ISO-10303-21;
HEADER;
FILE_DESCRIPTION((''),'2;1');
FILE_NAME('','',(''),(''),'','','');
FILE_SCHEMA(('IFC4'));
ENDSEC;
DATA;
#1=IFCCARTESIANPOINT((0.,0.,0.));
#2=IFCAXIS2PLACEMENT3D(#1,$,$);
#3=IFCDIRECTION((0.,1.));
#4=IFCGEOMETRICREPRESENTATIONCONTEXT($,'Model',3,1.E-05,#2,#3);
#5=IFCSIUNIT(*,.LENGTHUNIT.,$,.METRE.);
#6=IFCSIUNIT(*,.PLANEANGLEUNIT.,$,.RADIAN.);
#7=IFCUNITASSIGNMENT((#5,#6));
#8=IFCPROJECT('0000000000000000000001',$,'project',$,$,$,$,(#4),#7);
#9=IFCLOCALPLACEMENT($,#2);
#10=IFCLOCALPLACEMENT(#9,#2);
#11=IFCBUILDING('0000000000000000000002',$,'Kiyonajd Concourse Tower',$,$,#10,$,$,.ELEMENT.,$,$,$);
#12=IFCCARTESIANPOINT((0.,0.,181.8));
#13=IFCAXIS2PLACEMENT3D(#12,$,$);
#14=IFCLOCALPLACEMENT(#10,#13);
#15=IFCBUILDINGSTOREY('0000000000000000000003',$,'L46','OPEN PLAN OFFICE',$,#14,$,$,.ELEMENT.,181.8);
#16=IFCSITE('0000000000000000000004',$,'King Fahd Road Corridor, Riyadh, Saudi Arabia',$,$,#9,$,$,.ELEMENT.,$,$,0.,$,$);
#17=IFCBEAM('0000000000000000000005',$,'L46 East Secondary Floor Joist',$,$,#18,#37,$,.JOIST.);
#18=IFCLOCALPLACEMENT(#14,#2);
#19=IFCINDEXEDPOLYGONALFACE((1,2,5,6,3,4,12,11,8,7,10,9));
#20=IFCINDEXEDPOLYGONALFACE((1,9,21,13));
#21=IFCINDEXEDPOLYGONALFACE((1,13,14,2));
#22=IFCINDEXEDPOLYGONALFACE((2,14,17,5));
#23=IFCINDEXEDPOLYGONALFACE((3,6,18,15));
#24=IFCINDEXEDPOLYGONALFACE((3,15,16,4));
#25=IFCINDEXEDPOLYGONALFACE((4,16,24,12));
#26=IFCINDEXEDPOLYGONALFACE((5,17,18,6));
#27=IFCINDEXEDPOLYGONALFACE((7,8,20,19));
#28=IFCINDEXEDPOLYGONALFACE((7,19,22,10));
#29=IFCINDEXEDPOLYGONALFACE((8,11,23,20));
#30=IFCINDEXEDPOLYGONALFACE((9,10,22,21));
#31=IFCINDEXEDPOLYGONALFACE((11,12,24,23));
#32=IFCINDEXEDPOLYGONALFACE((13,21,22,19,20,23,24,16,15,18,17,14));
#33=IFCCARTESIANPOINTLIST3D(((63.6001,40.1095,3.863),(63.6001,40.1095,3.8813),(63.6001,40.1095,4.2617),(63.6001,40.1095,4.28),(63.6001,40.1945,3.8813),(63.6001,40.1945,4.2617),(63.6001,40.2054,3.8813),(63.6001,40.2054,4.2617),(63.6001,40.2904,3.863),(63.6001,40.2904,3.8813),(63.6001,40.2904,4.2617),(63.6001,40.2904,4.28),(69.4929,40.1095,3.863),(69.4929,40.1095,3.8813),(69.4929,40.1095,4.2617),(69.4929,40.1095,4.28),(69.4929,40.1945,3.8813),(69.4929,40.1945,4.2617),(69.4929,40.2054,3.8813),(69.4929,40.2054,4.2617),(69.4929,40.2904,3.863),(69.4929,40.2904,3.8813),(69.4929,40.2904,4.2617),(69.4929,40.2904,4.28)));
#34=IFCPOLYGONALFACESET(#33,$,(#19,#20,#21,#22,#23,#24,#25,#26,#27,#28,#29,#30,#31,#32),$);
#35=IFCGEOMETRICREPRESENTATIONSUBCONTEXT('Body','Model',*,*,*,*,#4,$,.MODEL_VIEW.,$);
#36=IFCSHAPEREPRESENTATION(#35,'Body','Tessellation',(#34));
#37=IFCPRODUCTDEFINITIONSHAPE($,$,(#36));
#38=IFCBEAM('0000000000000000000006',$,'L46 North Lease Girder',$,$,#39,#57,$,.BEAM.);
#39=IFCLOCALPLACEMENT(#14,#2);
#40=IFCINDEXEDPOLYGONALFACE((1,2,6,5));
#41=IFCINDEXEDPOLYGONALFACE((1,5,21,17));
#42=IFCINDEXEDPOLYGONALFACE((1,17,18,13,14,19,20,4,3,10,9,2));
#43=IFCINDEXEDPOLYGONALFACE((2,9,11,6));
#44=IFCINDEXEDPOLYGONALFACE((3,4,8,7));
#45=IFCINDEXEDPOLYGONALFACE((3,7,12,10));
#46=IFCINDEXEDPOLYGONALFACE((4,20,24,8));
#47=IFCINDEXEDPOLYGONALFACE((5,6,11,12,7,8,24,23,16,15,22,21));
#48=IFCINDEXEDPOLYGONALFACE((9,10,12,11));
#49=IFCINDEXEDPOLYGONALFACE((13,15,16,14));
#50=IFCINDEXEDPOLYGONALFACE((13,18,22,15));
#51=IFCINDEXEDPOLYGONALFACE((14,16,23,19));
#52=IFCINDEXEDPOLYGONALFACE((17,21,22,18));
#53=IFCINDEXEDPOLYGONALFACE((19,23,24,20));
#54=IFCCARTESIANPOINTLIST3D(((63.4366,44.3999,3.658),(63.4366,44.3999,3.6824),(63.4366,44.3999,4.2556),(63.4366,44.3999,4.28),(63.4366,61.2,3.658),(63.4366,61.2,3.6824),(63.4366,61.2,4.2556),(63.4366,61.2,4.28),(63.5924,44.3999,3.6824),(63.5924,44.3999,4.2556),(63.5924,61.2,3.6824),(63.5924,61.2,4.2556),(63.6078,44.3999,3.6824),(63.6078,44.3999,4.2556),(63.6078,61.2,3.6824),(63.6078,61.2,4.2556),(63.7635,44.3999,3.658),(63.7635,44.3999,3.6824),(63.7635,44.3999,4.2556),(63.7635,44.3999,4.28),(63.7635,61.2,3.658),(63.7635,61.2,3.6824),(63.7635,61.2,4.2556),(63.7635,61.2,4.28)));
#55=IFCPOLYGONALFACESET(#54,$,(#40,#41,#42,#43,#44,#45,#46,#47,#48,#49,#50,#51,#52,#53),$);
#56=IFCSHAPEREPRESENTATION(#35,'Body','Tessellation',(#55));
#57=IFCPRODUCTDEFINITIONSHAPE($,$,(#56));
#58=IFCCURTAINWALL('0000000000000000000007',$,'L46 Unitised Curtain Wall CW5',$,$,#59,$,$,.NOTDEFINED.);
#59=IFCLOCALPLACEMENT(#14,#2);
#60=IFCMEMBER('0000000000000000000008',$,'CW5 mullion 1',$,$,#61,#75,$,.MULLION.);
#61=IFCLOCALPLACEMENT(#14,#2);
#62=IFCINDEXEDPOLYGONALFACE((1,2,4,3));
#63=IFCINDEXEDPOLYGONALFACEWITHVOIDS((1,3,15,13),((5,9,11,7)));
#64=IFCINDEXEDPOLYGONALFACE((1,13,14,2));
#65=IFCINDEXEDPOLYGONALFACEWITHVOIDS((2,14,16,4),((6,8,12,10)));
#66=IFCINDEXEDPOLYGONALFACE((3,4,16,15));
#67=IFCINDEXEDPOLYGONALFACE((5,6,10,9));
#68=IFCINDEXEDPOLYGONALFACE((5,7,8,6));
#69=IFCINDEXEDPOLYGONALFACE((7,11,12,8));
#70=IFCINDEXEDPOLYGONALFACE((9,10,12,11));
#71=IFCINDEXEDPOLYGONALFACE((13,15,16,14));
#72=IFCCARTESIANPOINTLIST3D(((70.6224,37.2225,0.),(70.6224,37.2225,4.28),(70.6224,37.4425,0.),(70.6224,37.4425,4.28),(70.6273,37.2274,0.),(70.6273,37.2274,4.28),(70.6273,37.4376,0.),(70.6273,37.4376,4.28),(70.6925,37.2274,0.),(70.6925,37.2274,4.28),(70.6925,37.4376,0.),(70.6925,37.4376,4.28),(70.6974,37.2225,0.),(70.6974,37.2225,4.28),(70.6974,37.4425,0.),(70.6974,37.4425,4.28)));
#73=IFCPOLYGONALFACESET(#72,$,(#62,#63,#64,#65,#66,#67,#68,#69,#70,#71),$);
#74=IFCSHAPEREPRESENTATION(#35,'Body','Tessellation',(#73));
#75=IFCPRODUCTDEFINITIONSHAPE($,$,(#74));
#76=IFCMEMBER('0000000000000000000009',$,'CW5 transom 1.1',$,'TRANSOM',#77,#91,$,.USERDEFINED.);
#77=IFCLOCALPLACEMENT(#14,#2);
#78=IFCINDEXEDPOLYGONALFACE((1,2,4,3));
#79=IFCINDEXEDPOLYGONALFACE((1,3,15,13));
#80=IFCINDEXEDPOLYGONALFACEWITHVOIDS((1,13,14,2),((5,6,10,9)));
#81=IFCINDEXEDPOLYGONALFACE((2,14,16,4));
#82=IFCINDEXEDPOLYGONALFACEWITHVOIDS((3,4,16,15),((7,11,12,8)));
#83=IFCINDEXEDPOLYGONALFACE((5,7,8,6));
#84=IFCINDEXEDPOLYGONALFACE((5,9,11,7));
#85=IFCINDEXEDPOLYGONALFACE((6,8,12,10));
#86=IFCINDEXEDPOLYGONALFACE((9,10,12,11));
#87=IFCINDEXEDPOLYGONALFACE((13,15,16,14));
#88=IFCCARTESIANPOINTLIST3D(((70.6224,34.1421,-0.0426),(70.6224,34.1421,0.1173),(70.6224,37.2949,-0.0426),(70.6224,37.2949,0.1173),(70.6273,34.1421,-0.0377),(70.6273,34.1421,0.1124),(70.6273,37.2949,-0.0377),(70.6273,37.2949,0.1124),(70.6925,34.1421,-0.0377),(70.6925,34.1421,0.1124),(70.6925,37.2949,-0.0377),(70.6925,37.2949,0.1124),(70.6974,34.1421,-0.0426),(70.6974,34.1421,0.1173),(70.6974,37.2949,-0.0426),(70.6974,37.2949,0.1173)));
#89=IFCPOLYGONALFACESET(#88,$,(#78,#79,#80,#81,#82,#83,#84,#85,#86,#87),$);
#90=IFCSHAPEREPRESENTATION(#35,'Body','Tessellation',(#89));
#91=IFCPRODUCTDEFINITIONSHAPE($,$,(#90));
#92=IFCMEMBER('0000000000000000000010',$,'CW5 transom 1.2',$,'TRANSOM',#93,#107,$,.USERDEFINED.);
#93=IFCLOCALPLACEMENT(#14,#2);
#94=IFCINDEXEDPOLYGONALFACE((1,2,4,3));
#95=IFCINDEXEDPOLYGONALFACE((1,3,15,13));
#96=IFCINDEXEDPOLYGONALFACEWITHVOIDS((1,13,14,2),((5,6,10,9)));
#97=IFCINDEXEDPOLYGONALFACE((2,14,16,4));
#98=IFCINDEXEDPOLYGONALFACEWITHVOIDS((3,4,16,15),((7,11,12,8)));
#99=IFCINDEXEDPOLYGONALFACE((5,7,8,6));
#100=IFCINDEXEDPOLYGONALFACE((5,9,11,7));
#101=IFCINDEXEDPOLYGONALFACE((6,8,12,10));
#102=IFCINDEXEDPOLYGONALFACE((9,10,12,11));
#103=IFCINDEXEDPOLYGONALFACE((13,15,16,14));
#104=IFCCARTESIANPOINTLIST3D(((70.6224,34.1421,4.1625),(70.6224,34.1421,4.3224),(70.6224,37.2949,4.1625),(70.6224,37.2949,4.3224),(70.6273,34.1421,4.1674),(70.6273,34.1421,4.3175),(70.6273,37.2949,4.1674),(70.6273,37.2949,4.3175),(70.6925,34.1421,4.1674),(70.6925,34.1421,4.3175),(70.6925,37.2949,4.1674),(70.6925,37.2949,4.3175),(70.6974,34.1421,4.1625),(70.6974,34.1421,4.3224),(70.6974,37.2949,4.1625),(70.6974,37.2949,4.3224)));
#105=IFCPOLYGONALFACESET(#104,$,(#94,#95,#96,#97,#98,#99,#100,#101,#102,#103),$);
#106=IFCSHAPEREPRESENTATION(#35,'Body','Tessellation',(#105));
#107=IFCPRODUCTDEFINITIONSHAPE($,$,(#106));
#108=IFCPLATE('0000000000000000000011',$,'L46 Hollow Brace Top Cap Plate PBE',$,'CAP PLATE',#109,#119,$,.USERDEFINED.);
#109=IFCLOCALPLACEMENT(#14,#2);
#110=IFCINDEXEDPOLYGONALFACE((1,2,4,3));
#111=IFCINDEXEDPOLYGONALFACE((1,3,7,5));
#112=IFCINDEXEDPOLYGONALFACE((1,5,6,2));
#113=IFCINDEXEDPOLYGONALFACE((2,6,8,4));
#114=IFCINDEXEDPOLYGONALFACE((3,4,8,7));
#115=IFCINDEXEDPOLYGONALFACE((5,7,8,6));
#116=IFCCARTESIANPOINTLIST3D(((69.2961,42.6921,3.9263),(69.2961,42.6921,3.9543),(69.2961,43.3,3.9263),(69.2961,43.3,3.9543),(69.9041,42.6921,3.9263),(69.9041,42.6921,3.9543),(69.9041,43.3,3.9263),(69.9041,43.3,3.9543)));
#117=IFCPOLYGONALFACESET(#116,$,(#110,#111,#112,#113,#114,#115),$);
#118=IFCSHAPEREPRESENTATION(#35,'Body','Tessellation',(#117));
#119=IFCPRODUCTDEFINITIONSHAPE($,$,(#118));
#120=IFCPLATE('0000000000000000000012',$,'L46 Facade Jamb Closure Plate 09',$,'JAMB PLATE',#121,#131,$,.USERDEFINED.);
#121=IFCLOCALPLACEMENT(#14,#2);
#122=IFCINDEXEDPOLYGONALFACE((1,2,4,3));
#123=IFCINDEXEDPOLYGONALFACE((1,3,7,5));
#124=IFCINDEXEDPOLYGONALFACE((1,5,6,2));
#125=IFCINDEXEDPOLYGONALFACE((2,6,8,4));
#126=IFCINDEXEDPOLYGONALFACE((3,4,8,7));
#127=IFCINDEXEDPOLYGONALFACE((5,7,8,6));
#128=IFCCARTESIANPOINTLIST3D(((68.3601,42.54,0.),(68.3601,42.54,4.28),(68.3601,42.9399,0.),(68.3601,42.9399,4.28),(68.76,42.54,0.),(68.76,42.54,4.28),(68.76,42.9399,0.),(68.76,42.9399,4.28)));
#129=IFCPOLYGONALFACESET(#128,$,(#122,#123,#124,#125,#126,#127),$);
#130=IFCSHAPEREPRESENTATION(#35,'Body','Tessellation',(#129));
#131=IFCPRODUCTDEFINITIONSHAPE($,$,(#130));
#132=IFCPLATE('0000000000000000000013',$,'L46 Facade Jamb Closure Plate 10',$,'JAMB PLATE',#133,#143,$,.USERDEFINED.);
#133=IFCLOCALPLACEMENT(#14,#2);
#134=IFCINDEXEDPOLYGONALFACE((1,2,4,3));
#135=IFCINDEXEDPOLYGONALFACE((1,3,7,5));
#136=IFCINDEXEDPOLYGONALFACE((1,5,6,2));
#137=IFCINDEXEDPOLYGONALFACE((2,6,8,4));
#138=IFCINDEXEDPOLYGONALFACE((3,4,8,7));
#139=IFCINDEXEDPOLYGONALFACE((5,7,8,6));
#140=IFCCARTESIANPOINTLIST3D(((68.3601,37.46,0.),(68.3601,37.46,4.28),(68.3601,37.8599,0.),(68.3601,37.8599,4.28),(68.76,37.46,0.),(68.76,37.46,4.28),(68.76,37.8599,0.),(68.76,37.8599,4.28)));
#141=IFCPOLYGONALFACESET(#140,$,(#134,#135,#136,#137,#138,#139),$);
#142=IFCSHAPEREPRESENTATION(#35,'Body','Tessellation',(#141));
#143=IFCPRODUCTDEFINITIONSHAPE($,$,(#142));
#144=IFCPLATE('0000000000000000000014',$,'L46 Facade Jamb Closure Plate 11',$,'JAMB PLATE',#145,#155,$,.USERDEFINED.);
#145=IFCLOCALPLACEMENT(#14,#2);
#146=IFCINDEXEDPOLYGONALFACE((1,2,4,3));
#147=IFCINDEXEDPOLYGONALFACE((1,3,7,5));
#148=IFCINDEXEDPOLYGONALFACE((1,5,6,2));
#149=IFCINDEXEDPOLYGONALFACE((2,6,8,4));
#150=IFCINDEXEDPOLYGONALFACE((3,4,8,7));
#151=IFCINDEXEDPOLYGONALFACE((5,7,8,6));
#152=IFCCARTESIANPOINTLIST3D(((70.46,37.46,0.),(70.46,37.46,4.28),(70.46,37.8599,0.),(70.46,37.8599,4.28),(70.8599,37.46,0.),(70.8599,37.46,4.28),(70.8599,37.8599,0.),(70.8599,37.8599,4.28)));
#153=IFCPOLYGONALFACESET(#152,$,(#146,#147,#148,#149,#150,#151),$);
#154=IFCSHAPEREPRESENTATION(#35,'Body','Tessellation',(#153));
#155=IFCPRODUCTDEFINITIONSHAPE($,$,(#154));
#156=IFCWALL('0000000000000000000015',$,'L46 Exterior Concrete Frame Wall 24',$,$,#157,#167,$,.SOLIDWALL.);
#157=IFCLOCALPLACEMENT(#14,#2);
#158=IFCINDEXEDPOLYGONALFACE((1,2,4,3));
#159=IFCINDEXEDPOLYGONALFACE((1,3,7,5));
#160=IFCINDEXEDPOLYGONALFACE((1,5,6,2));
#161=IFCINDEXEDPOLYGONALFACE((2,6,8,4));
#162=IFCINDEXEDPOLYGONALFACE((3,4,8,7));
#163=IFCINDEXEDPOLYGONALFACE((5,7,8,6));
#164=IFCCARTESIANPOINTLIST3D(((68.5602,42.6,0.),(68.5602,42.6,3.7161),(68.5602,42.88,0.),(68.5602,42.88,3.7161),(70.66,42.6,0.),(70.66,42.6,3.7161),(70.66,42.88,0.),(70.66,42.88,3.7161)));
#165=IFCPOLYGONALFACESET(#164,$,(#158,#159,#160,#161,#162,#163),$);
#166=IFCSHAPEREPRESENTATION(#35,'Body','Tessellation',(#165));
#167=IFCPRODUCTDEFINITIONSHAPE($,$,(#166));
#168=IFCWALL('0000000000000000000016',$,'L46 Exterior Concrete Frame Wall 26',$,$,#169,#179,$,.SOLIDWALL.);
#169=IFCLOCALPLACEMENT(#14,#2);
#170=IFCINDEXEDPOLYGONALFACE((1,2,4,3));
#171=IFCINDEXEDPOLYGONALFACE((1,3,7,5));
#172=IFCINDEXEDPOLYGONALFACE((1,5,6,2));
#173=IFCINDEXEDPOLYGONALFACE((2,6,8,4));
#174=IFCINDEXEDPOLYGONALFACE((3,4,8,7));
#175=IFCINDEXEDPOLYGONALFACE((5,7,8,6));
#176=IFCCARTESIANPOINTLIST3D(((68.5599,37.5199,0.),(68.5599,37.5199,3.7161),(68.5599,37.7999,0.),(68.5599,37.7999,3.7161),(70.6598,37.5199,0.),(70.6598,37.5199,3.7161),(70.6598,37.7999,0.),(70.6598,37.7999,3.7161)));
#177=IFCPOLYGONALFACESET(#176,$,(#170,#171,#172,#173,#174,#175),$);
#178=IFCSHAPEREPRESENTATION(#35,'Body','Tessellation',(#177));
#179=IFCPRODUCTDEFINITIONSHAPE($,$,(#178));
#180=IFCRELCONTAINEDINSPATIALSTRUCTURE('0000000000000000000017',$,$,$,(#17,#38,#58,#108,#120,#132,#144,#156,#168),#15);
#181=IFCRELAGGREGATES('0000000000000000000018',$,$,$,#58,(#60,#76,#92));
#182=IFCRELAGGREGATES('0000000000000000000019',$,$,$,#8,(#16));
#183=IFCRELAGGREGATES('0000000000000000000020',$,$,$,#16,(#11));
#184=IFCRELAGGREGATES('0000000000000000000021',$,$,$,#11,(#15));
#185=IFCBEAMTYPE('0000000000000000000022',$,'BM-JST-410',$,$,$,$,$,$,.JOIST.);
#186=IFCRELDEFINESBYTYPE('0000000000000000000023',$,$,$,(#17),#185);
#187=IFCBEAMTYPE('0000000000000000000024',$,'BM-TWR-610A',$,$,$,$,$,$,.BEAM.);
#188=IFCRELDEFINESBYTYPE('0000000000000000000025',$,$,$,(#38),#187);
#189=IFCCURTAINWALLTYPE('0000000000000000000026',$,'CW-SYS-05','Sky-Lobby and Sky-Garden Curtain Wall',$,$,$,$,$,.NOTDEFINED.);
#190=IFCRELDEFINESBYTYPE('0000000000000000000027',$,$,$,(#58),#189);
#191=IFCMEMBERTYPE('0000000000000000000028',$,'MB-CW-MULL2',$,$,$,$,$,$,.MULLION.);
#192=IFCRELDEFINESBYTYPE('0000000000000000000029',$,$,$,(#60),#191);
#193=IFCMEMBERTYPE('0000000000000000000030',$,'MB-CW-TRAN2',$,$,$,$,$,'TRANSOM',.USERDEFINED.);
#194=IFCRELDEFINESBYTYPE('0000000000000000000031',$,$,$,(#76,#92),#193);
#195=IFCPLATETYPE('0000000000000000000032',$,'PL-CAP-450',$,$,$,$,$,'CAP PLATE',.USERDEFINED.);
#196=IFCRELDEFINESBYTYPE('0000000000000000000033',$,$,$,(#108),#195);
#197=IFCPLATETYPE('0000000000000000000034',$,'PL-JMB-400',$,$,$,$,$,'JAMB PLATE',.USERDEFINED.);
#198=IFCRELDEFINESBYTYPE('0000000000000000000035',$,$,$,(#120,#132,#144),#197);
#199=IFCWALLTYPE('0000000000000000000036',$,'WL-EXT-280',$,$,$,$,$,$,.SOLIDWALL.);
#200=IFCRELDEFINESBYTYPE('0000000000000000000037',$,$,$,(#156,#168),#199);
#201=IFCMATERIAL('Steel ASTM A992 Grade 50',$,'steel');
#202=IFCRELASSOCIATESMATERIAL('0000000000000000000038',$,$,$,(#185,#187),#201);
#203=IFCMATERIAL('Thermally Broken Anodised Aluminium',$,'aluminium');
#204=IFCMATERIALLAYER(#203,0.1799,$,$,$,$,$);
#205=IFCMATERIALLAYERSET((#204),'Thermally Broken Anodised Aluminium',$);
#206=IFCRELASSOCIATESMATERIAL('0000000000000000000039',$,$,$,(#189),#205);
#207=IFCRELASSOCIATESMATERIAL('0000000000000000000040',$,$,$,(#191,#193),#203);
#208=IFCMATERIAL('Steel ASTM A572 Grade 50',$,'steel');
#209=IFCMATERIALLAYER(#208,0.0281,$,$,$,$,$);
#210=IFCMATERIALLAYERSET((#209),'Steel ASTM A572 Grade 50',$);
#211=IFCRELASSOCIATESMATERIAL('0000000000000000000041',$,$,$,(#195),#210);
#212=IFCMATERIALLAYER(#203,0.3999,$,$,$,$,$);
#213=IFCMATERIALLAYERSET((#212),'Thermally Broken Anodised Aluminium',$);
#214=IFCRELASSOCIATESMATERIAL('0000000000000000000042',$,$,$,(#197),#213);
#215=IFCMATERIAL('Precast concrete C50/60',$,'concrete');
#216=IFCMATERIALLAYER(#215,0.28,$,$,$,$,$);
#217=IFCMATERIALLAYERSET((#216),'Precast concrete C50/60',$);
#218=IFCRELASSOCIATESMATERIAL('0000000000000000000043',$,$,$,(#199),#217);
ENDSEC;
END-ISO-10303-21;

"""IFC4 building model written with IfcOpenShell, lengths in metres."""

from ifc_helpers import new_model, si_unit, direction, frame, frame_2d, origin, origin_2d, place, context, subcontext, project, spatial, rectangle, hollow_rectangle, i_section, extrude, material, layer, layer_set, material_profile, profile_set, type_object, element, aggregate, save


model = new_model("IFC4")

# Units and contexts
model_context = context("Model", 3, precision=1e-05, world=origin(), true_north=direction((0.0, 1.0)))
body_context = subcontext(model_context, "Body", "Model", "MODEL_VIEW")
ifc_project = project(units=[si_unit("LENGTHUNIT", "METRE"), si_unit("PLANEANGLEUNIT", "RADIAN")], contexts=[model_context])

# Site, building, storey
site_placement = place(None, origin())
site = spatial("IfcSite", under=ifc_project, at=site_placement, Name="King Fahd Road Corridor, Riyadh, Saudi Arabia", CompositionType="ELEMENT", RefElevation=0.0)
building_placement = place(site_placement, origin())
building = spatial("IfcBuilding", under=site, at=building_placement, Name="Kiyonajd Concourse Tower", CompositionType="ELEMENT")
storey_placement = place(building_placement, frame((0.0, 0.0, 181.8)))
storey = spatial("IfcBuildingStorey", under=building, at=storey_placement, Name="L46", Description="OPEN PLAN OFFICE", CompositionType="ELEMENT", Elevation=181.8)

# Beams
ifc_material_1 = material(Name="Steel ASTM A992 Grade 50", Category="steel")
ifc_material_profile_1 = material_profile(ifc_material_1, i_section(OverallWidth=0.1809, OverallDepth=0.417, WebThickness=0.011, FlangeThickness=0.0183, at=origin_2d()), Name="W410X85")
ifc_profile_set_1 = profile_set([ifc_material_profile_1], Name="Steel ASTM A992 Grade 50")
beam_type_1 = type_object("IfcBeamType", Name="BM-JST-410", PredefinedType="JOIST", material=ifc_profile_set_1)
beam_1_placement = place(storey_placement, frame((63.6001, 40.2, 4.0715), z_axis=(1.0, 0.0, 0.0), x_axis=(0.0, 1.0, 0.0)))
element("IfcBeam", 1, at=beam_1_placement, inside=storey, type_object=beam_type_1, Name="L46 East Secondary Floor Joist", PredefinedType="JOIST", context=body_context, shape_type="SweptSolid", body=[
    extrude(i_section(OverallWidth=0.1809, OverallDepth=0.417, WebThickness=0.011, FlangeThickness=0.0183, at=origin_2d()), origin(), (0.0, 0.0, 1.0), 5.8928),
])
ifc_material_profile_2 = material_profile(ifc_material_1, i_section(OverallWidth=0.3269, OverallDepth=0.6221, WebThickness=0.0154, FlangeThickness=0.0244, at=origin_2d()), Name="W610X195")
ifc_profile_set_2 = profile_set([ifc_material_profile_2], Name="Steel ASTM A992 Grade 50")
beam_type_2 = type_object("IfcBeamType", Name="BM-TWR-610A", PredefinedType="BEAM", material=ifc_profile_set_2)
beam_2_placement = place(storey_placement, frame((63.6001, 44.3999, 3.969), z_axis=(0.0, 1.0, 0.0), x_axis=(-1.0, 0.0, 0.0)))
element("IfcBeam", 2, at=beam_2_placement, inside=storey, type_object=beam_type_2, Name="L46 North Lease Girder", PredefinedType="BEAM", context=body_context, shape_type="SweptSolid", body=[
    extrude(i_section(OverallWidth=0.3269, OverallDepth=0.6221, WebThickness=0.0154, FlangeThickness=0.0244, at=origin_2d()), origin(), (0.0, 0.0, 1.0), 16.8),
])

# Curtain wall, members
ifc_material_2 = material(Name="Thermally Broken Anodised Aluminium", Category="aluminium")
ifc_layer_1 = layer(ifc_material_2, 0.1799)
ifc_layer_set_1 = layer_set([ifc_layer_1], Name="Thermally Broken Anodised Aluminium")
curtain_wall_type = type_object("IfcCurtainWallType", Name="CW-SYS-05", Description="Sky-Lobby and Sky-Garden Curtain Wall", PredefinedType="NOTDEFINED", material=ifc_layer_set_1)
curtain_wall_placement = place(storey_placement, origin())
curtain_wall = element("IfcCurtainWall", 3, at=curtain_wall_placement, inside=storey, type_object=curtain_wall_type, Name="L46 Unitised Curtain Wall CW5", PredefinedType="NOTDEFINED")
ifc_material_profile_3 = material_profile(ifc_material_2, hollow_rectangle(XDim=0.075, YDim=0.22, WallThickness=0.0049, at=origin_2d()), Name="MULL-75x220")
ifc_profile_set_3 = profile_set([ifc_material_profile_3], Name="Thermally Broken Anodised Aluminium")
member_type_1 = type_object("IfcMemberType", Name="MB-CW-MULL2", PredefinedType="MULLION", material=ifc_profile_set_3)
member_1_placement = place(storey_placement, frame((70.6599, 37.3325, 0.0), z_axis=(0.0, 0.0, 1.0), x_axis=(1.0, 0.0, 0.0)))
member_1 = element("IfcMember", 4, at=member_1_placement, type_object=member_type_1, Name="CW5 mullion 1", PredefinedType="MULLION", context=body_context, shape_type="SweptSolid", body=[
    extrude(hollow_rectangle(XDim=0.075, YDim=0.22, WallThickness=0.0049, at=origin_2d()), origin(), (0.0, 0.0, 1.0), 4.28),
])
ifc_material_profile_4 = material_profile(ifc_material_2, hollow_rectangle(XDim=0.075, YDim=0.1599, WallThickness=0.0049, at=origin_2d()), Name="TRAN-75x160")
ifc_profile_set_4 = profile_set([ifc_material_profile_4], Name="Thermally Broken Anodised Aluminium")
member_type_2 = type_object("IfcMemberType", Name="MB-CW-TRAN2", ElementType="TRANSOM", PredefinedType="USERDEFINED", material=ifc_profile_set_4)
member_2_placement = place(storey_placement, frame((70.6599, 37.2949, 0.0374), z_axis=(0.0, -1.0, 0.0), x_axis=(1.0, 0.0, 0.0)))
member_2 = element("IfcMember", 5, at=member_2_placement, type_object=member_type_2, Name="CW5 transom 1.1", ObjectType="TRANSOM", PredefinedType="USERDEFINED", context=body_context, shape_type="SweptSolid", body=[
    extrude(hollow_rectangle(XDim=0.075, YDim=0.1599, WallThickness=0.0049, at=origin_2d()), origin(), (0.0, 0.0, 1.0), 3.1528),
])
member_3_placement = place(storey_placement, frame((70.6599, 37.2949, 4.2424), z_axis=(0.0, -1.0, 0.0), x_axis=(1.0, 0.0, 0.0)))
member_3 = element("IfcMember", 6, at=member_3_placement, type_object=member_type_2, Name="CW5 transom 1.2", ObjectType="TRANSOM", PredefinedType="USERDEFINED", context=body_context, shape_type="SweptSolid", body=[
    extrude(hollow_rectangle(XDim=0.075, YDim=0.1599, WallThickness=0.0049, at=origin_2d()), origin(), (0.0, 0.0, 1.0), 3.1528),
])
aggregate(curtain_wall, [member_1, member_2, member_3])

# Plates
ifc_material_3 = material(Name="Steel ASTM A572 Grade 50", Category="steel")
ifc_layer_2 = layer(ifc_material_3, 0.0281)
ifc_layer_set_2 = layer_set([ifc_layer_2], Name="Steel ASTM A572 Grade 50")
plate_type_1 = type_object("IfcPlateType", Name="PL-CAP-450", ElementType="CAP PLATE", PredefinedType="USERDEFINED", material=ifc_layer_set_2)
plate_placement = place(storey_placement, frame((69.6001, 42.9961, 3.9263), z_axis=(0.0, 0.0, 1.0), x_axis=(1.0, 0.0, 0.0)))
element("IfcPlate", 7, at=plate_placement, inside=storey, type_object=plate_type_1, Name="L46 Hollow Brace Top Cap Plate PBE", ObjectType="CAP PLATE", PredefinedType="USERDEFINED", context=body_context, shape_type="SweptSolid", body=[
    extrude(rectangle(XDim=0.6079, YDim=0.6079, at=origin_2d()), origin(), (0.0, 0.0, 1.0), 0.0281),
])
ifc_layer_3 = layer(ifc_material_2, 0.3999)
ifc_layer_set_3 = layer_set([ifc_layer_3], Name="Thermally Broken Anodised Aluminium")
plate_type_2 = type_object("IfcPlateType", Name="PL-JMB-400", ElementType="JAMB PLATE", PredefinedType="USERDEFINED", material=ifc_layer_set_3)
for number, where, z_axis, x_axis, name in (
    (8, (68.5601, 42.74, 0.0), (0.0, 0.0, 1.0), (1.0, 0.0, 0.0), "L46 Facade Jamb Closure Plate 09"),
    (9, (68.5601, 37.6599, 0.0), (0.0, 0.0, 1.0), (1.0, 0.0, 0.0), "L46 Facade Jamb Closure Plate 10"),
    (10, (70.6599, 37.6599, 0.0), (0.0, 0.0, 1.0), (1.0, 0.0, 0.0), "L46 Facade Jamb Closure Plate 11"),
):
    element("IfcPlate", number, at=place(storey_placement, frame(where, z_axis=z_axis, x_axis=x_axis)), inside=storey, type_object=plate_type_2, Name=name, ObjectType="JAMB PLATE", PredefinedType="USERDEFINED", context=body_context, shape_type="SweptSolid", body=[
        extrude(rectangle(XDim=0.3999, YDim=0.3999, at=origin_2d()), origin(), (0.0, 0.0, 1.0), 4.28),
    ])

# Walls
ifc_material_4 = material(Name="Precast concrete C50/60", Category="concrete")
ifc_layer_4 = layer(ifc_material_4, 0.28)
ifc_layer_set_4 = layer_set([ifc_layer_4], Name="Precast concrete C50/60")
wall_type_1 = type_object("IfcWallType", Name="WL-EXT-280", PredefinedType="SOLIDWALL", material=ifc_layer_set_4)
for number, where, z_axis, x_axis, name in (
    (11, (70.6599, 42.74, 0.0), (0.0, 0.0, 1.0), (-1.0, 0.0, 0.0), "L46 Exterior Concrete Frame Wall 24"),
    (12, (68.5601, 37.6599, 0.0), (0.0, 0.0, 1.0), (1.0, 0.0, 0.0), "L46 Exterior Concrete Frame Wall 26"),
):
    element("IfcWall", number, at=place(storey_placement, frame(where, z_axis=z_axis, x_axis=x_axis)), inside=storey, type_object=wall_type_1, Name=name, PredefinedType="SOLIDWALL", context=body_context, shape_type="SweptSolid", body=[
        extrude(rectangle(XDim=2.0999, YDim=0.28, at=frame_2d((1.0498, 0.0))), origin(), (0.0, 0.0, 1.0), 3.7161),
    ])

save(model, "model.ifc")
